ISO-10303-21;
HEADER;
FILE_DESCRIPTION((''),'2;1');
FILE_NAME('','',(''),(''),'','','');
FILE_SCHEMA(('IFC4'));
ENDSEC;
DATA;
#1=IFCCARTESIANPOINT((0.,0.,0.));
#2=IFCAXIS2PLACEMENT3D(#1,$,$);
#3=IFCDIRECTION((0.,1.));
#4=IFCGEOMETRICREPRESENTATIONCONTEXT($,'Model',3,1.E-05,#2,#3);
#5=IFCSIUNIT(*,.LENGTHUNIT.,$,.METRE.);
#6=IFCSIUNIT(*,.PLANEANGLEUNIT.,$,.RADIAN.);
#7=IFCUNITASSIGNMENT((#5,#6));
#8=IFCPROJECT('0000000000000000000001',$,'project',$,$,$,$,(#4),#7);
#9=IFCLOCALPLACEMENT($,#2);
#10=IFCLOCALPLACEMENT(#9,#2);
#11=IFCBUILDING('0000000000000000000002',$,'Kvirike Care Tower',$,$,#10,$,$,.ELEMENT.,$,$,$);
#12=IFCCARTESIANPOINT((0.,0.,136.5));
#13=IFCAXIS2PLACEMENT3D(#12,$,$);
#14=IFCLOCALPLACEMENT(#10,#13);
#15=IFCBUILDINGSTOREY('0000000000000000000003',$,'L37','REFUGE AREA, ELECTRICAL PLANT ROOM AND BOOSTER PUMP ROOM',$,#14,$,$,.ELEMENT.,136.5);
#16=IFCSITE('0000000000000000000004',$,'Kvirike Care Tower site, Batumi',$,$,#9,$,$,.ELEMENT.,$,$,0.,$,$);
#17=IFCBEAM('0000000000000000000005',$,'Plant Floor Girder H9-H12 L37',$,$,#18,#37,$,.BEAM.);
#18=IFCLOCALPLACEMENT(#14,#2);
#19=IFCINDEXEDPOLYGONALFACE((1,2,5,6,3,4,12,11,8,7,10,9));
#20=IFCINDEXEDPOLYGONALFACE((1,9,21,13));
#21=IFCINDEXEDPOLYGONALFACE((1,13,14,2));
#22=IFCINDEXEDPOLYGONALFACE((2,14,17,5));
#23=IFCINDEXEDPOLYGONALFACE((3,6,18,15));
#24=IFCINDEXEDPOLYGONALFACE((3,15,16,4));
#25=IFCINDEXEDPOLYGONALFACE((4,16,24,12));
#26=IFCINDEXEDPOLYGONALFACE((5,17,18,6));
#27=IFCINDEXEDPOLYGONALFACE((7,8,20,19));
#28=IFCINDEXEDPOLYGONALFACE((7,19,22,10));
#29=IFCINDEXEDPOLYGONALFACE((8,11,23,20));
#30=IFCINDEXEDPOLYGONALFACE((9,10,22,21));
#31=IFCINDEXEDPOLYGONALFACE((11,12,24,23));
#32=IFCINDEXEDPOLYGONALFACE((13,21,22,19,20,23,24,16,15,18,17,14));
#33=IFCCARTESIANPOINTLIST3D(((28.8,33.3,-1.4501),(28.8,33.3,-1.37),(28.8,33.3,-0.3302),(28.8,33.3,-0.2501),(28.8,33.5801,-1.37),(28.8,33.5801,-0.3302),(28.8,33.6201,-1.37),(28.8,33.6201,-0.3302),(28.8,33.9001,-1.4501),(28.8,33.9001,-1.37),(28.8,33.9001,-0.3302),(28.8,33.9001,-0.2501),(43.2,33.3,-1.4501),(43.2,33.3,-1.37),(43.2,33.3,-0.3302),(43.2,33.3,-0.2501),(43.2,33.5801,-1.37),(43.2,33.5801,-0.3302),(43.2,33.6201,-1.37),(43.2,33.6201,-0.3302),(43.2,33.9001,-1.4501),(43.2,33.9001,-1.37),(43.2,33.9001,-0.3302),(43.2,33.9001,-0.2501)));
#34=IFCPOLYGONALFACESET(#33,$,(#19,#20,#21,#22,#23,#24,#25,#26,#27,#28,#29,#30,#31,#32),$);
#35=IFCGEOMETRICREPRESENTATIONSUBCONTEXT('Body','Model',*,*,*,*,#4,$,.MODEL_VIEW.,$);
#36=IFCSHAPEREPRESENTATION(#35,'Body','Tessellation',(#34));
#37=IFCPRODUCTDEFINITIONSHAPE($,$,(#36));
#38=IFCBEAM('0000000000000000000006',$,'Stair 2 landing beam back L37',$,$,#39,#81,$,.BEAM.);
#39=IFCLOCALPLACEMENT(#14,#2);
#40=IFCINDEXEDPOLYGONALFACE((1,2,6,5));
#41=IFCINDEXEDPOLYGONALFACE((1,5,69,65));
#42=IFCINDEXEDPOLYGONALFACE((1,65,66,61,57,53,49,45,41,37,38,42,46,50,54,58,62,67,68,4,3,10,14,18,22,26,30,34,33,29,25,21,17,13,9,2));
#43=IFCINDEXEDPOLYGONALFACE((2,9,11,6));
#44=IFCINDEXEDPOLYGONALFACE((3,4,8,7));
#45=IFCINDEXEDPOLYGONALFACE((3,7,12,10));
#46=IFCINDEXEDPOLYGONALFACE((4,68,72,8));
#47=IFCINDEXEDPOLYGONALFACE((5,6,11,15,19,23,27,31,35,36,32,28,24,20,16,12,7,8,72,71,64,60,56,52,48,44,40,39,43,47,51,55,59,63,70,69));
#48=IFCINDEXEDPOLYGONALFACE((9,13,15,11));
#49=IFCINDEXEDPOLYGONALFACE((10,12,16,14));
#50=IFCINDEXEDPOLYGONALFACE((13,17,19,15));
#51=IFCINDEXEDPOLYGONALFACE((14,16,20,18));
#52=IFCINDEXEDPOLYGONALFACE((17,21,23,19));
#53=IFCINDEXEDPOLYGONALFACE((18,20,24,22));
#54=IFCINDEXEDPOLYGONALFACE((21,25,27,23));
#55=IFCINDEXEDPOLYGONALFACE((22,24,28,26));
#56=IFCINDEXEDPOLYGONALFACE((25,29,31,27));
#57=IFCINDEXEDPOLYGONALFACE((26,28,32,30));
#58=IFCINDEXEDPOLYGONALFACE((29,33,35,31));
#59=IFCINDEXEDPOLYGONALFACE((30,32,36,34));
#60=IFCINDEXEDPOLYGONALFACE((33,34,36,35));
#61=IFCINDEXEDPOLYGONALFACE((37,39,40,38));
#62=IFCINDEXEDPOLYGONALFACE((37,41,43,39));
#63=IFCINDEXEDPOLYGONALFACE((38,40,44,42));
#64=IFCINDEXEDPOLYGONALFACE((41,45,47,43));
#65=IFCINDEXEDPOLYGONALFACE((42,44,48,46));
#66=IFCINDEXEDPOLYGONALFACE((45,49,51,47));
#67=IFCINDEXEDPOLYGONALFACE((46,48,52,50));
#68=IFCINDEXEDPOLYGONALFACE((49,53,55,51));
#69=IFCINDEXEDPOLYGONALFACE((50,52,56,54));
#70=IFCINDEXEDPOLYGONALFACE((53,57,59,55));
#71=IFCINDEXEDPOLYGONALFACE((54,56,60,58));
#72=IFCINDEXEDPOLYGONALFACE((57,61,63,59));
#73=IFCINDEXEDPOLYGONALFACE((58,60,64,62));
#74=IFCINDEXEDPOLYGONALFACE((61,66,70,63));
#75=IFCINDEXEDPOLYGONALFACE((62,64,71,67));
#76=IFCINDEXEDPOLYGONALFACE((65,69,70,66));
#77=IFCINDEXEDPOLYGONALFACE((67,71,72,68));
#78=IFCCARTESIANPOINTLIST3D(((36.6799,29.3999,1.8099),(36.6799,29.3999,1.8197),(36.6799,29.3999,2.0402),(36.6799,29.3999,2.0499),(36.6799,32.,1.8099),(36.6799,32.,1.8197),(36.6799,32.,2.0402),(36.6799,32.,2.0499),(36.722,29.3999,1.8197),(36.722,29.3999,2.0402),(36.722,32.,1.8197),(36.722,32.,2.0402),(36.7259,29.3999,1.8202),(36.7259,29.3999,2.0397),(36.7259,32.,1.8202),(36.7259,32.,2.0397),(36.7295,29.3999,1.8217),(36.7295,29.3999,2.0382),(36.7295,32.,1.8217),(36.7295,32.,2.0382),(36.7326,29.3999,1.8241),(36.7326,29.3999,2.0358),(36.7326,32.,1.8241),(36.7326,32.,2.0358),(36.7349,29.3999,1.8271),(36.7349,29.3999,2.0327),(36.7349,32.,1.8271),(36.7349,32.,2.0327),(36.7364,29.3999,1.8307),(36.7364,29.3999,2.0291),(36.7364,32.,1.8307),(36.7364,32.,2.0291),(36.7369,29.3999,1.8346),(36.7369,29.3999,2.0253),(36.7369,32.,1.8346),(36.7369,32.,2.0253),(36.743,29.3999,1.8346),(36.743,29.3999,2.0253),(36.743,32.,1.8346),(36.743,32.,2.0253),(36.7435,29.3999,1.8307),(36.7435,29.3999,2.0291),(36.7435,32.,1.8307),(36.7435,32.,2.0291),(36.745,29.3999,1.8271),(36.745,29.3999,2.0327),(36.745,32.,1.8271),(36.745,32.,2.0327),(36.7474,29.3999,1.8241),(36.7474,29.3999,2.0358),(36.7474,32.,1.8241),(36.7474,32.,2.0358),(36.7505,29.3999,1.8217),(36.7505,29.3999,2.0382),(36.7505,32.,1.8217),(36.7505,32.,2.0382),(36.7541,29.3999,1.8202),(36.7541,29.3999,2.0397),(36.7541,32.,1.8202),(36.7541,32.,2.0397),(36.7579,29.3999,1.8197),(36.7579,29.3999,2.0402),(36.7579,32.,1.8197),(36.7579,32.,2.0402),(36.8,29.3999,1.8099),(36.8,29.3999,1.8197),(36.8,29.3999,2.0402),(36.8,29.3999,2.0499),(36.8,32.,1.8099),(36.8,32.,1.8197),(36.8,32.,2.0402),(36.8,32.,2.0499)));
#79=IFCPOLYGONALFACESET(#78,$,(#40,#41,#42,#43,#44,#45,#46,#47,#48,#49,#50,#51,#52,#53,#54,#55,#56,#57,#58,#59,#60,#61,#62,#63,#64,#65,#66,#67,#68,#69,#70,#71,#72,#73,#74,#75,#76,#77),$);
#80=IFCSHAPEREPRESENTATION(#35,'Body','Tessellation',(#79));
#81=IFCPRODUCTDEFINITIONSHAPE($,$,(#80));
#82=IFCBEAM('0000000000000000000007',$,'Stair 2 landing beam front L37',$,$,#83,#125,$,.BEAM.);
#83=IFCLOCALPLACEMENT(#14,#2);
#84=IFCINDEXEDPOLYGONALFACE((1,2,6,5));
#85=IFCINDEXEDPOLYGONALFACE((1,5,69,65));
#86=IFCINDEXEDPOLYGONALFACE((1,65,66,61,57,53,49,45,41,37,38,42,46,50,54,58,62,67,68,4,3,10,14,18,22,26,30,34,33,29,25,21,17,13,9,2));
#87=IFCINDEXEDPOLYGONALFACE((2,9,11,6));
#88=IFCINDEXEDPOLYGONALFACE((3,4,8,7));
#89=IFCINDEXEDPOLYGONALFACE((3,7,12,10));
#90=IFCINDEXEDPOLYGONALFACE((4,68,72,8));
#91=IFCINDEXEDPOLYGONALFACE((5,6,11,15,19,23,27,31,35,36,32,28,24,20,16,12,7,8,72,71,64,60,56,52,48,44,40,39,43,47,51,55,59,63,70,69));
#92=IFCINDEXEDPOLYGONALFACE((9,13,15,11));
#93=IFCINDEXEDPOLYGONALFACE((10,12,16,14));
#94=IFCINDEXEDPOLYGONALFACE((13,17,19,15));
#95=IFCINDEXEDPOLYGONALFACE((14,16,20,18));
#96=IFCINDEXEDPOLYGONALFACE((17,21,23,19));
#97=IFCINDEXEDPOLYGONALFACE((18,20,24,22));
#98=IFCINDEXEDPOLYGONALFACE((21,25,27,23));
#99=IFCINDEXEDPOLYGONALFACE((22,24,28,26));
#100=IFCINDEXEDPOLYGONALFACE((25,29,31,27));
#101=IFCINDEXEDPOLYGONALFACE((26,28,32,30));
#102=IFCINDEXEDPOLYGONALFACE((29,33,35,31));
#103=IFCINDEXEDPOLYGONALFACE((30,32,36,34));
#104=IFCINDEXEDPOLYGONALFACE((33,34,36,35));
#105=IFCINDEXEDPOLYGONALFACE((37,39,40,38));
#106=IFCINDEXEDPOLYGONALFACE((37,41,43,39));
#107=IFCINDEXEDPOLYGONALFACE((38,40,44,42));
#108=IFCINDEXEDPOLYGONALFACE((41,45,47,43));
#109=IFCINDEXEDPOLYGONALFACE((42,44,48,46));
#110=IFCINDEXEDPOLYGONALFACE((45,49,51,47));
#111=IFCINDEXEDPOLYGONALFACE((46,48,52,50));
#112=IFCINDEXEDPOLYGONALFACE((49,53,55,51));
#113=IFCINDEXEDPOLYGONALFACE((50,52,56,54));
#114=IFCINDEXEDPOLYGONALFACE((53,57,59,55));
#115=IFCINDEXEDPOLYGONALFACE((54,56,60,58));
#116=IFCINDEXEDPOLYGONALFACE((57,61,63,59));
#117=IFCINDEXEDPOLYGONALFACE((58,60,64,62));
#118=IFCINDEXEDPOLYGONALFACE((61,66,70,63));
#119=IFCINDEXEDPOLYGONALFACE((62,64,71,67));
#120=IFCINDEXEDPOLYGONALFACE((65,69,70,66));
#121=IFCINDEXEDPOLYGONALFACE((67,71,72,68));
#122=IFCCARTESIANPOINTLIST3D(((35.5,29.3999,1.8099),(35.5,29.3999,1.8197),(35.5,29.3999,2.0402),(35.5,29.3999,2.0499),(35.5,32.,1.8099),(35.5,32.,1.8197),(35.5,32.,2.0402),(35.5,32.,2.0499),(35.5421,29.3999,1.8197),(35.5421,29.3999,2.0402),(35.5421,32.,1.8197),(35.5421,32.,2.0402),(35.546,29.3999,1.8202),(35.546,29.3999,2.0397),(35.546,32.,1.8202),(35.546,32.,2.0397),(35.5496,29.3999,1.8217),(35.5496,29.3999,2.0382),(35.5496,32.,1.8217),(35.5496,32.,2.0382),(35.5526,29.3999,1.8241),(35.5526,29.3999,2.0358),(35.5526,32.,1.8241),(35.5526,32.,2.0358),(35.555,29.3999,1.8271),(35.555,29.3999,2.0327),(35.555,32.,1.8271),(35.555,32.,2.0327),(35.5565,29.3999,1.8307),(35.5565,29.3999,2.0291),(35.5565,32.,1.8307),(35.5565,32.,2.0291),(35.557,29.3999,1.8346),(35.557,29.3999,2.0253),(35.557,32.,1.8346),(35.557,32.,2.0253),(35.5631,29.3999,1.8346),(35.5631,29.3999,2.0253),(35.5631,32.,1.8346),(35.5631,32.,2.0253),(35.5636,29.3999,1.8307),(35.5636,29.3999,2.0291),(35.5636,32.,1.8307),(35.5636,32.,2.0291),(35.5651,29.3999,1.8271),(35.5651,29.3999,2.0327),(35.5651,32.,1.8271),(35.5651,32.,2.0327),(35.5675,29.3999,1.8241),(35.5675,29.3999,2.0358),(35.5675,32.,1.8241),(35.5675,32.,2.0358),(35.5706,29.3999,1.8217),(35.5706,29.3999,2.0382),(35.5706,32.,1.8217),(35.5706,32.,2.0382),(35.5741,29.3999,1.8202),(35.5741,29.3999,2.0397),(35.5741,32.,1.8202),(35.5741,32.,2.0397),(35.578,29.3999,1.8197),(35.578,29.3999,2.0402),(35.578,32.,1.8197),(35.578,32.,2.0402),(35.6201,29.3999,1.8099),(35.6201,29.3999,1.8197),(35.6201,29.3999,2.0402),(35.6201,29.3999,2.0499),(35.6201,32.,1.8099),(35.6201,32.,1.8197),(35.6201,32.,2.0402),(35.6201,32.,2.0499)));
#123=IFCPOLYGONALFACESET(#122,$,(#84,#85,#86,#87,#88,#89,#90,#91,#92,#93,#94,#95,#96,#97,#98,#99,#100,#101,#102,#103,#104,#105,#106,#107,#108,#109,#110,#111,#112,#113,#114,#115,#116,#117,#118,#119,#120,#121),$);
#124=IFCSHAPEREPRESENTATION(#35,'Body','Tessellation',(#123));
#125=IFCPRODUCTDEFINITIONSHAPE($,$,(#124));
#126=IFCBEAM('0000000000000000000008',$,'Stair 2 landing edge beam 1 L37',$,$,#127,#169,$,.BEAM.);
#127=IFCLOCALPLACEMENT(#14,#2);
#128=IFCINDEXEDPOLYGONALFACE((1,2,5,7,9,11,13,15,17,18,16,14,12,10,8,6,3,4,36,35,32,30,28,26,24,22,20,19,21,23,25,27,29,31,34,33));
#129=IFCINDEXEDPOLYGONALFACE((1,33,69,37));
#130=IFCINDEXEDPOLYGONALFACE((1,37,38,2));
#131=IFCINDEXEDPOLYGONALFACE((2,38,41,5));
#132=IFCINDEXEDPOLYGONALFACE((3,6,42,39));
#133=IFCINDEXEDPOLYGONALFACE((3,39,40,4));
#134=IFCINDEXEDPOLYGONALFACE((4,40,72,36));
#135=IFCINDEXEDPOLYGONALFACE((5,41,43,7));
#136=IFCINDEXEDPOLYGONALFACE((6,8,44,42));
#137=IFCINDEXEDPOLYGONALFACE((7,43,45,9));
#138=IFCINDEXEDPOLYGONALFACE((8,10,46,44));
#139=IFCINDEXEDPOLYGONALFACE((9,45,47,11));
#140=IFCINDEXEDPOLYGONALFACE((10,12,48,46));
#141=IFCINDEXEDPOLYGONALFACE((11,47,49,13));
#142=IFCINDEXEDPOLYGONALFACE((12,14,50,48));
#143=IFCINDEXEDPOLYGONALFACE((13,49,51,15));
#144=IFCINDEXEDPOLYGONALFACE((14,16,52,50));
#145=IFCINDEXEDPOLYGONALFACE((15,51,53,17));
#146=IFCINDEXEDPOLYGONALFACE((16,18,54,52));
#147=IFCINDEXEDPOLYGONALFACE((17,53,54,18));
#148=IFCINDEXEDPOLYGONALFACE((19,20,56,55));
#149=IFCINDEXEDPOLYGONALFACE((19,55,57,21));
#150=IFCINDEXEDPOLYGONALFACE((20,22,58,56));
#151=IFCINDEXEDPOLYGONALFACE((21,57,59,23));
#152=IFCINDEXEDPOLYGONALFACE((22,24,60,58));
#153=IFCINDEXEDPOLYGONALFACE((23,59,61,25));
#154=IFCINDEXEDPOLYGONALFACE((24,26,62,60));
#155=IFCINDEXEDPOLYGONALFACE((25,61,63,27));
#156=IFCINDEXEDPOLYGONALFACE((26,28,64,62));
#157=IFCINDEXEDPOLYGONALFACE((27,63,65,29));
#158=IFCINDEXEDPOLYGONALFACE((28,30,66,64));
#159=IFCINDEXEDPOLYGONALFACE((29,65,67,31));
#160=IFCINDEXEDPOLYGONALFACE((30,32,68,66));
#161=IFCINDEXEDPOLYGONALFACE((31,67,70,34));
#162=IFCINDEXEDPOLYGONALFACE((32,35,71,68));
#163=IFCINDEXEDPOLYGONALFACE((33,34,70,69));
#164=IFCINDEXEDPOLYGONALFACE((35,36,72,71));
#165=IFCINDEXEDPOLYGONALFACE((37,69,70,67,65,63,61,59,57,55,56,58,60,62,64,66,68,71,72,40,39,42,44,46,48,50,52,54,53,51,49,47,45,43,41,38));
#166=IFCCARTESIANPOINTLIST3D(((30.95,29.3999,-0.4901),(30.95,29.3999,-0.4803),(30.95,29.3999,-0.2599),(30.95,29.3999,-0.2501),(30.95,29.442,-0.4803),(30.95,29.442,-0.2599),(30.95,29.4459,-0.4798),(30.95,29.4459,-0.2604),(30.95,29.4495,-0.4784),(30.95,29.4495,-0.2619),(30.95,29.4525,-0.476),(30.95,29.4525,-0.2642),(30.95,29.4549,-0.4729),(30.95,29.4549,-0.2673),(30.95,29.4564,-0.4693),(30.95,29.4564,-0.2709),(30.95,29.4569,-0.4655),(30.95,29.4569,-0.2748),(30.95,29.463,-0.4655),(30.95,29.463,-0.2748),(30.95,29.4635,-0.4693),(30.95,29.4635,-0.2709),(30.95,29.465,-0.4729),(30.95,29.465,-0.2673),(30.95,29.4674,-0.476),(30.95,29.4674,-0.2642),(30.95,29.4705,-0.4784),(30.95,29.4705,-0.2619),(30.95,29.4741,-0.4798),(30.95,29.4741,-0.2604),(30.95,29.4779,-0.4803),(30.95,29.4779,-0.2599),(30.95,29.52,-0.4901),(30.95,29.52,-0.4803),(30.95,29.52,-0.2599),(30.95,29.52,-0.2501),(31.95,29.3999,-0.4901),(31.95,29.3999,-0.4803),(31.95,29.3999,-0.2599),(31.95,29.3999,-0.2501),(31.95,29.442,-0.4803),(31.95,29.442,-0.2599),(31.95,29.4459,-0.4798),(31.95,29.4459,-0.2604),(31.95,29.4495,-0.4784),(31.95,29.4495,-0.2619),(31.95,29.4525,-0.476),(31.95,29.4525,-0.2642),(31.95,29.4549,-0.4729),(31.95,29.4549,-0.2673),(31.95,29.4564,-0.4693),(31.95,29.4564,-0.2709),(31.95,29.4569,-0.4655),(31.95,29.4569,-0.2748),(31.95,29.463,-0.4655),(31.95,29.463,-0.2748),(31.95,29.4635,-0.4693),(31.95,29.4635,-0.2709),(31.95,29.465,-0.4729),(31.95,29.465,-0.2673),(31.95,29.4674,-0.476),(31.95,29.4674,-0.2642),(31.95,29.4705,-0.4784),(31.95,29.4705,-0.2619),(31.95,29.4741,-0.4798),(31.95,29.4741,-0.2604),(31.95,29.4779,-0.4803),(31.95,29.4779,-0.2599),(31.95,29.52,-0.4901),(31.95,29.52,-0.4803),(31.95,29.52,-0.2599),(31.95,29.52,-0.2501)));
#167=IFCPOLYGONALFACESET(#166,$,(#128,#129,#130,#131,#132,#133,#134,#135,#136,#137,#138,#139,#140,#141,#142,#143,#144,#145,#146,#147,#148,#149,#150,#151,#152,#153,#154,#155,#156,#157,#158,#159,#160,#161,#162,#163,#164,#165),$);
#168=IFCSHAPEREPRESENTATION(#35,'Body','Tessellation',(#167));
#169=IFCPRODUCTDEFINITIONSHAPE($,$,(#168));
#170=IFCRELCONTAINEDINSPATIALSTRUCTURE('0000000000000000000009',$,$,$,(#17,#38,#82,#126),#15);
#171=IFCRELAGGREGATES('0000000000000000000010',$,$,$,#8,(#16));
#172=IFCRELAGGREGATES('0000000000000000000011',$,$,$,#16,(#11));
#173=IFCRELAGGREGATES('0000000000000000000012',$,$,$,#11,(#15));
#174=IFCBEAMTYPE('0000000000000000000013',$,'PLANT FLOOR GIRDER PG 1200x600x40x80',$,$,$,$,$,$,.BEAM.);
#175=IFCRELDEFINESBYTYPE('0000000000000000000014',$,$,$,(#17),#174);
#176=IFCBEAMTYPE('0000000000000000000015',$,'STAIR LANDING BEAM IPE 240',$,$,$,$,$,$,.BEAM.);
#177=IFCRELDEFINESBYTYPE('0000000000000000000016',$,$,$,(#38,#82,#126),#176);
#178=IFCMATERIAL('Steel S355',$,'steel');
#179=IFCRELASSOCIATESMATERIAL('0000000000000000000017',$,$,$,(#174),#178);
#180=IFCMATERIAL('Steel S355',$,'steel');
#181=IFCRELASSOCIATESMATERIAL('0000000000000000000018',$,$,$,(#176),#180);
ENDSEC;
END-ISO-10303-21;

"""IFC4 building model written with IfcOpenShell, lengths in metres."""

from ifc_helpers import new_model, si_unit, direction, frame, origin, origin_2d, place, context, subcontext, project, spatial, i_section, extrude, material, material_profile, profile_set, type_object, element, save


model = new_model("IFC4")

# Units and contexts
model_context = context("Model", 3, precision=1e-05, world=origin(), true_north=direction((0.0, 1.0)))
body_context = subcontext(model_context, "Body", "Model", "MODEL_VIEW")
ifc_project = project(units=[si_unit("LENGTHUNIT", "METRE"), si_unit("PLANEANGLEUNIT", "RADIAN")], contexts=[model_context])

# Site, building, storey
site_placement = place(None, origin())
site = spatial("IfcSite", under=ifc_project, at=site_placement, Name="Kvirike Care Tower site, Batumi", CompositionType="ELEMENT", RefElevation=0.0)
building_placement = place(site_placement, origin())
building = spatial("IfcBuilding", under=site, at=building_placement, Name="Kvirike Care Tower", CompositionType="ELEMENT")
storey_placement = place(building_placement, frame((0.0, 0.0, 136.5)))
storey = spatial("IfcBuildingStorey", under=building, at=storey_placement, Name="L37", Description="REFUGE AREA, ELECTRICAL PLANT ROOM AND BOOSTER PUMP ROOM", CompositionType="ELEMENT", Elevation=136.5)

# Beams
ifc_material_1 = material(Name="Steel S355", Category="steel")
ifc_material_profile_1 = material_profile(ifc_material_1, i_section(OverallWidth=0.6001, OverallDepth=1.2, WebThickness=0.04, FlangeThickness=0.0801, at=origin_2d()), Name="PG 1200x600x40x80")
ifc_profile_set_1 = profile_set([ifc_material_profile_1], Name="Steel S355")
beam_type_1 = type_object("IfcBeamType", Name="PLANT FLOOR GIRDER PG 1200x600x40x80", PredefinedType="BEAM", material=ifc_profile_set_1)
for number, where, z_axis, x_axis, name in (
    (1, (28.8, 33.6001, -0.8501), (1.0, 0.0, 0.0), (0.0, 1.0, 0.0), "Plant Floor Girder H9-H12 L37"),
):
    element("IfcBeam", number, at=place(storey_placement, frame(where, z_axis=z_axis, x_axis=x_axis)), inside=storey, type_object=beam_type_1, Name=name, PredefinedType="BEAM", context=body_context, shape_type="SweptSolid", body=[
        extrude(i_section(OverallWidth=0.6001, OverallDepth=1.2, WebThickness=0.04, FlangeThickness=0.0801, at=origin_2d()), origin(), (0.0, 0.0, 1.0), 14.3999),
    ])
ifc_material_2 = material(Name="Steel S355", Category="steel")
ifc_material_profile_2 = material_profile(ifc_material_2, i_section(OverallWidth=0.1201, OverallDepth=0.24, WebThickness=0.0061, FlangeThickness=0.0098, FilletRadius=0.0149, at=origin_2d()), Name="IPE 240")
ifc_profile_set_2 = profile_set([ifc_material_profile_2], Name="Steel S355")
beam_type_2 = type_object("IfcBeamType", Name="STAIR LANDING BEAM IPE 240", PredefinedType="BEAM", material=ifc_profile_set_2)
for number, where, z_axis, x_axis, name in (
    (2, (36.74, 29.3999, 1.9299), (0.0, 1.0, 0.0), (-1.0, 0.0, 0.0), "Stair 2 landing beam back L37"),
    (3, (35.5601, 29.3999, 1.9299), (0.0, 1.0, 0.0), (-1.0, 0.0, 0.0), "Stair 2 landing beam front L37"),
):
    element("IfcBeam", number, at=place(storey_placement, frame(where, z_axis=z_axis, x_axis=x_axis)), inside=storey, type_object=beam_type_2, Name=name, PredefinedType="BEAM", context=body_context, shape_type="SweptSolid", body=[
        extrude(i_section(OverallWidth=0.1201, OverallDepth=0.24, WebThickness=0.0061, FlangeThickness=0.0098, FilletRadius=0.0149, at=origin_2d()), origin(), (0.0, 0.0, 1.0), 2.6001),
    ])
for number, where, z_axis, x_axis, name in (
    (4, (31.95, 29.46, -0.3701), (-1.0, 0.0, 0.0), (0.0, -1.0, 0.0), "Stair 2 landing edge beam 1 L37"),
):
    element("IfcBeam", number, at=place(storey_placement, frame(where, z_axis=z_axis, x_axis=x_axis)), inside=storey, type_object=beam_type_2, Name=name, PredefinedType="BEAM", context=body_context, shape_type="SweptSolid", body=[
        extrude(i_section(OverallWidth=0.1201, OverallDepth=0.24, WebThickness=0.0061, FlangeThickness=0.0098, FilletRadius=0.0149, at=origin_2d()), origin(), (0.0, 0.0, 1.0), 1.0),
    ])

save(model, "model.ifc")
